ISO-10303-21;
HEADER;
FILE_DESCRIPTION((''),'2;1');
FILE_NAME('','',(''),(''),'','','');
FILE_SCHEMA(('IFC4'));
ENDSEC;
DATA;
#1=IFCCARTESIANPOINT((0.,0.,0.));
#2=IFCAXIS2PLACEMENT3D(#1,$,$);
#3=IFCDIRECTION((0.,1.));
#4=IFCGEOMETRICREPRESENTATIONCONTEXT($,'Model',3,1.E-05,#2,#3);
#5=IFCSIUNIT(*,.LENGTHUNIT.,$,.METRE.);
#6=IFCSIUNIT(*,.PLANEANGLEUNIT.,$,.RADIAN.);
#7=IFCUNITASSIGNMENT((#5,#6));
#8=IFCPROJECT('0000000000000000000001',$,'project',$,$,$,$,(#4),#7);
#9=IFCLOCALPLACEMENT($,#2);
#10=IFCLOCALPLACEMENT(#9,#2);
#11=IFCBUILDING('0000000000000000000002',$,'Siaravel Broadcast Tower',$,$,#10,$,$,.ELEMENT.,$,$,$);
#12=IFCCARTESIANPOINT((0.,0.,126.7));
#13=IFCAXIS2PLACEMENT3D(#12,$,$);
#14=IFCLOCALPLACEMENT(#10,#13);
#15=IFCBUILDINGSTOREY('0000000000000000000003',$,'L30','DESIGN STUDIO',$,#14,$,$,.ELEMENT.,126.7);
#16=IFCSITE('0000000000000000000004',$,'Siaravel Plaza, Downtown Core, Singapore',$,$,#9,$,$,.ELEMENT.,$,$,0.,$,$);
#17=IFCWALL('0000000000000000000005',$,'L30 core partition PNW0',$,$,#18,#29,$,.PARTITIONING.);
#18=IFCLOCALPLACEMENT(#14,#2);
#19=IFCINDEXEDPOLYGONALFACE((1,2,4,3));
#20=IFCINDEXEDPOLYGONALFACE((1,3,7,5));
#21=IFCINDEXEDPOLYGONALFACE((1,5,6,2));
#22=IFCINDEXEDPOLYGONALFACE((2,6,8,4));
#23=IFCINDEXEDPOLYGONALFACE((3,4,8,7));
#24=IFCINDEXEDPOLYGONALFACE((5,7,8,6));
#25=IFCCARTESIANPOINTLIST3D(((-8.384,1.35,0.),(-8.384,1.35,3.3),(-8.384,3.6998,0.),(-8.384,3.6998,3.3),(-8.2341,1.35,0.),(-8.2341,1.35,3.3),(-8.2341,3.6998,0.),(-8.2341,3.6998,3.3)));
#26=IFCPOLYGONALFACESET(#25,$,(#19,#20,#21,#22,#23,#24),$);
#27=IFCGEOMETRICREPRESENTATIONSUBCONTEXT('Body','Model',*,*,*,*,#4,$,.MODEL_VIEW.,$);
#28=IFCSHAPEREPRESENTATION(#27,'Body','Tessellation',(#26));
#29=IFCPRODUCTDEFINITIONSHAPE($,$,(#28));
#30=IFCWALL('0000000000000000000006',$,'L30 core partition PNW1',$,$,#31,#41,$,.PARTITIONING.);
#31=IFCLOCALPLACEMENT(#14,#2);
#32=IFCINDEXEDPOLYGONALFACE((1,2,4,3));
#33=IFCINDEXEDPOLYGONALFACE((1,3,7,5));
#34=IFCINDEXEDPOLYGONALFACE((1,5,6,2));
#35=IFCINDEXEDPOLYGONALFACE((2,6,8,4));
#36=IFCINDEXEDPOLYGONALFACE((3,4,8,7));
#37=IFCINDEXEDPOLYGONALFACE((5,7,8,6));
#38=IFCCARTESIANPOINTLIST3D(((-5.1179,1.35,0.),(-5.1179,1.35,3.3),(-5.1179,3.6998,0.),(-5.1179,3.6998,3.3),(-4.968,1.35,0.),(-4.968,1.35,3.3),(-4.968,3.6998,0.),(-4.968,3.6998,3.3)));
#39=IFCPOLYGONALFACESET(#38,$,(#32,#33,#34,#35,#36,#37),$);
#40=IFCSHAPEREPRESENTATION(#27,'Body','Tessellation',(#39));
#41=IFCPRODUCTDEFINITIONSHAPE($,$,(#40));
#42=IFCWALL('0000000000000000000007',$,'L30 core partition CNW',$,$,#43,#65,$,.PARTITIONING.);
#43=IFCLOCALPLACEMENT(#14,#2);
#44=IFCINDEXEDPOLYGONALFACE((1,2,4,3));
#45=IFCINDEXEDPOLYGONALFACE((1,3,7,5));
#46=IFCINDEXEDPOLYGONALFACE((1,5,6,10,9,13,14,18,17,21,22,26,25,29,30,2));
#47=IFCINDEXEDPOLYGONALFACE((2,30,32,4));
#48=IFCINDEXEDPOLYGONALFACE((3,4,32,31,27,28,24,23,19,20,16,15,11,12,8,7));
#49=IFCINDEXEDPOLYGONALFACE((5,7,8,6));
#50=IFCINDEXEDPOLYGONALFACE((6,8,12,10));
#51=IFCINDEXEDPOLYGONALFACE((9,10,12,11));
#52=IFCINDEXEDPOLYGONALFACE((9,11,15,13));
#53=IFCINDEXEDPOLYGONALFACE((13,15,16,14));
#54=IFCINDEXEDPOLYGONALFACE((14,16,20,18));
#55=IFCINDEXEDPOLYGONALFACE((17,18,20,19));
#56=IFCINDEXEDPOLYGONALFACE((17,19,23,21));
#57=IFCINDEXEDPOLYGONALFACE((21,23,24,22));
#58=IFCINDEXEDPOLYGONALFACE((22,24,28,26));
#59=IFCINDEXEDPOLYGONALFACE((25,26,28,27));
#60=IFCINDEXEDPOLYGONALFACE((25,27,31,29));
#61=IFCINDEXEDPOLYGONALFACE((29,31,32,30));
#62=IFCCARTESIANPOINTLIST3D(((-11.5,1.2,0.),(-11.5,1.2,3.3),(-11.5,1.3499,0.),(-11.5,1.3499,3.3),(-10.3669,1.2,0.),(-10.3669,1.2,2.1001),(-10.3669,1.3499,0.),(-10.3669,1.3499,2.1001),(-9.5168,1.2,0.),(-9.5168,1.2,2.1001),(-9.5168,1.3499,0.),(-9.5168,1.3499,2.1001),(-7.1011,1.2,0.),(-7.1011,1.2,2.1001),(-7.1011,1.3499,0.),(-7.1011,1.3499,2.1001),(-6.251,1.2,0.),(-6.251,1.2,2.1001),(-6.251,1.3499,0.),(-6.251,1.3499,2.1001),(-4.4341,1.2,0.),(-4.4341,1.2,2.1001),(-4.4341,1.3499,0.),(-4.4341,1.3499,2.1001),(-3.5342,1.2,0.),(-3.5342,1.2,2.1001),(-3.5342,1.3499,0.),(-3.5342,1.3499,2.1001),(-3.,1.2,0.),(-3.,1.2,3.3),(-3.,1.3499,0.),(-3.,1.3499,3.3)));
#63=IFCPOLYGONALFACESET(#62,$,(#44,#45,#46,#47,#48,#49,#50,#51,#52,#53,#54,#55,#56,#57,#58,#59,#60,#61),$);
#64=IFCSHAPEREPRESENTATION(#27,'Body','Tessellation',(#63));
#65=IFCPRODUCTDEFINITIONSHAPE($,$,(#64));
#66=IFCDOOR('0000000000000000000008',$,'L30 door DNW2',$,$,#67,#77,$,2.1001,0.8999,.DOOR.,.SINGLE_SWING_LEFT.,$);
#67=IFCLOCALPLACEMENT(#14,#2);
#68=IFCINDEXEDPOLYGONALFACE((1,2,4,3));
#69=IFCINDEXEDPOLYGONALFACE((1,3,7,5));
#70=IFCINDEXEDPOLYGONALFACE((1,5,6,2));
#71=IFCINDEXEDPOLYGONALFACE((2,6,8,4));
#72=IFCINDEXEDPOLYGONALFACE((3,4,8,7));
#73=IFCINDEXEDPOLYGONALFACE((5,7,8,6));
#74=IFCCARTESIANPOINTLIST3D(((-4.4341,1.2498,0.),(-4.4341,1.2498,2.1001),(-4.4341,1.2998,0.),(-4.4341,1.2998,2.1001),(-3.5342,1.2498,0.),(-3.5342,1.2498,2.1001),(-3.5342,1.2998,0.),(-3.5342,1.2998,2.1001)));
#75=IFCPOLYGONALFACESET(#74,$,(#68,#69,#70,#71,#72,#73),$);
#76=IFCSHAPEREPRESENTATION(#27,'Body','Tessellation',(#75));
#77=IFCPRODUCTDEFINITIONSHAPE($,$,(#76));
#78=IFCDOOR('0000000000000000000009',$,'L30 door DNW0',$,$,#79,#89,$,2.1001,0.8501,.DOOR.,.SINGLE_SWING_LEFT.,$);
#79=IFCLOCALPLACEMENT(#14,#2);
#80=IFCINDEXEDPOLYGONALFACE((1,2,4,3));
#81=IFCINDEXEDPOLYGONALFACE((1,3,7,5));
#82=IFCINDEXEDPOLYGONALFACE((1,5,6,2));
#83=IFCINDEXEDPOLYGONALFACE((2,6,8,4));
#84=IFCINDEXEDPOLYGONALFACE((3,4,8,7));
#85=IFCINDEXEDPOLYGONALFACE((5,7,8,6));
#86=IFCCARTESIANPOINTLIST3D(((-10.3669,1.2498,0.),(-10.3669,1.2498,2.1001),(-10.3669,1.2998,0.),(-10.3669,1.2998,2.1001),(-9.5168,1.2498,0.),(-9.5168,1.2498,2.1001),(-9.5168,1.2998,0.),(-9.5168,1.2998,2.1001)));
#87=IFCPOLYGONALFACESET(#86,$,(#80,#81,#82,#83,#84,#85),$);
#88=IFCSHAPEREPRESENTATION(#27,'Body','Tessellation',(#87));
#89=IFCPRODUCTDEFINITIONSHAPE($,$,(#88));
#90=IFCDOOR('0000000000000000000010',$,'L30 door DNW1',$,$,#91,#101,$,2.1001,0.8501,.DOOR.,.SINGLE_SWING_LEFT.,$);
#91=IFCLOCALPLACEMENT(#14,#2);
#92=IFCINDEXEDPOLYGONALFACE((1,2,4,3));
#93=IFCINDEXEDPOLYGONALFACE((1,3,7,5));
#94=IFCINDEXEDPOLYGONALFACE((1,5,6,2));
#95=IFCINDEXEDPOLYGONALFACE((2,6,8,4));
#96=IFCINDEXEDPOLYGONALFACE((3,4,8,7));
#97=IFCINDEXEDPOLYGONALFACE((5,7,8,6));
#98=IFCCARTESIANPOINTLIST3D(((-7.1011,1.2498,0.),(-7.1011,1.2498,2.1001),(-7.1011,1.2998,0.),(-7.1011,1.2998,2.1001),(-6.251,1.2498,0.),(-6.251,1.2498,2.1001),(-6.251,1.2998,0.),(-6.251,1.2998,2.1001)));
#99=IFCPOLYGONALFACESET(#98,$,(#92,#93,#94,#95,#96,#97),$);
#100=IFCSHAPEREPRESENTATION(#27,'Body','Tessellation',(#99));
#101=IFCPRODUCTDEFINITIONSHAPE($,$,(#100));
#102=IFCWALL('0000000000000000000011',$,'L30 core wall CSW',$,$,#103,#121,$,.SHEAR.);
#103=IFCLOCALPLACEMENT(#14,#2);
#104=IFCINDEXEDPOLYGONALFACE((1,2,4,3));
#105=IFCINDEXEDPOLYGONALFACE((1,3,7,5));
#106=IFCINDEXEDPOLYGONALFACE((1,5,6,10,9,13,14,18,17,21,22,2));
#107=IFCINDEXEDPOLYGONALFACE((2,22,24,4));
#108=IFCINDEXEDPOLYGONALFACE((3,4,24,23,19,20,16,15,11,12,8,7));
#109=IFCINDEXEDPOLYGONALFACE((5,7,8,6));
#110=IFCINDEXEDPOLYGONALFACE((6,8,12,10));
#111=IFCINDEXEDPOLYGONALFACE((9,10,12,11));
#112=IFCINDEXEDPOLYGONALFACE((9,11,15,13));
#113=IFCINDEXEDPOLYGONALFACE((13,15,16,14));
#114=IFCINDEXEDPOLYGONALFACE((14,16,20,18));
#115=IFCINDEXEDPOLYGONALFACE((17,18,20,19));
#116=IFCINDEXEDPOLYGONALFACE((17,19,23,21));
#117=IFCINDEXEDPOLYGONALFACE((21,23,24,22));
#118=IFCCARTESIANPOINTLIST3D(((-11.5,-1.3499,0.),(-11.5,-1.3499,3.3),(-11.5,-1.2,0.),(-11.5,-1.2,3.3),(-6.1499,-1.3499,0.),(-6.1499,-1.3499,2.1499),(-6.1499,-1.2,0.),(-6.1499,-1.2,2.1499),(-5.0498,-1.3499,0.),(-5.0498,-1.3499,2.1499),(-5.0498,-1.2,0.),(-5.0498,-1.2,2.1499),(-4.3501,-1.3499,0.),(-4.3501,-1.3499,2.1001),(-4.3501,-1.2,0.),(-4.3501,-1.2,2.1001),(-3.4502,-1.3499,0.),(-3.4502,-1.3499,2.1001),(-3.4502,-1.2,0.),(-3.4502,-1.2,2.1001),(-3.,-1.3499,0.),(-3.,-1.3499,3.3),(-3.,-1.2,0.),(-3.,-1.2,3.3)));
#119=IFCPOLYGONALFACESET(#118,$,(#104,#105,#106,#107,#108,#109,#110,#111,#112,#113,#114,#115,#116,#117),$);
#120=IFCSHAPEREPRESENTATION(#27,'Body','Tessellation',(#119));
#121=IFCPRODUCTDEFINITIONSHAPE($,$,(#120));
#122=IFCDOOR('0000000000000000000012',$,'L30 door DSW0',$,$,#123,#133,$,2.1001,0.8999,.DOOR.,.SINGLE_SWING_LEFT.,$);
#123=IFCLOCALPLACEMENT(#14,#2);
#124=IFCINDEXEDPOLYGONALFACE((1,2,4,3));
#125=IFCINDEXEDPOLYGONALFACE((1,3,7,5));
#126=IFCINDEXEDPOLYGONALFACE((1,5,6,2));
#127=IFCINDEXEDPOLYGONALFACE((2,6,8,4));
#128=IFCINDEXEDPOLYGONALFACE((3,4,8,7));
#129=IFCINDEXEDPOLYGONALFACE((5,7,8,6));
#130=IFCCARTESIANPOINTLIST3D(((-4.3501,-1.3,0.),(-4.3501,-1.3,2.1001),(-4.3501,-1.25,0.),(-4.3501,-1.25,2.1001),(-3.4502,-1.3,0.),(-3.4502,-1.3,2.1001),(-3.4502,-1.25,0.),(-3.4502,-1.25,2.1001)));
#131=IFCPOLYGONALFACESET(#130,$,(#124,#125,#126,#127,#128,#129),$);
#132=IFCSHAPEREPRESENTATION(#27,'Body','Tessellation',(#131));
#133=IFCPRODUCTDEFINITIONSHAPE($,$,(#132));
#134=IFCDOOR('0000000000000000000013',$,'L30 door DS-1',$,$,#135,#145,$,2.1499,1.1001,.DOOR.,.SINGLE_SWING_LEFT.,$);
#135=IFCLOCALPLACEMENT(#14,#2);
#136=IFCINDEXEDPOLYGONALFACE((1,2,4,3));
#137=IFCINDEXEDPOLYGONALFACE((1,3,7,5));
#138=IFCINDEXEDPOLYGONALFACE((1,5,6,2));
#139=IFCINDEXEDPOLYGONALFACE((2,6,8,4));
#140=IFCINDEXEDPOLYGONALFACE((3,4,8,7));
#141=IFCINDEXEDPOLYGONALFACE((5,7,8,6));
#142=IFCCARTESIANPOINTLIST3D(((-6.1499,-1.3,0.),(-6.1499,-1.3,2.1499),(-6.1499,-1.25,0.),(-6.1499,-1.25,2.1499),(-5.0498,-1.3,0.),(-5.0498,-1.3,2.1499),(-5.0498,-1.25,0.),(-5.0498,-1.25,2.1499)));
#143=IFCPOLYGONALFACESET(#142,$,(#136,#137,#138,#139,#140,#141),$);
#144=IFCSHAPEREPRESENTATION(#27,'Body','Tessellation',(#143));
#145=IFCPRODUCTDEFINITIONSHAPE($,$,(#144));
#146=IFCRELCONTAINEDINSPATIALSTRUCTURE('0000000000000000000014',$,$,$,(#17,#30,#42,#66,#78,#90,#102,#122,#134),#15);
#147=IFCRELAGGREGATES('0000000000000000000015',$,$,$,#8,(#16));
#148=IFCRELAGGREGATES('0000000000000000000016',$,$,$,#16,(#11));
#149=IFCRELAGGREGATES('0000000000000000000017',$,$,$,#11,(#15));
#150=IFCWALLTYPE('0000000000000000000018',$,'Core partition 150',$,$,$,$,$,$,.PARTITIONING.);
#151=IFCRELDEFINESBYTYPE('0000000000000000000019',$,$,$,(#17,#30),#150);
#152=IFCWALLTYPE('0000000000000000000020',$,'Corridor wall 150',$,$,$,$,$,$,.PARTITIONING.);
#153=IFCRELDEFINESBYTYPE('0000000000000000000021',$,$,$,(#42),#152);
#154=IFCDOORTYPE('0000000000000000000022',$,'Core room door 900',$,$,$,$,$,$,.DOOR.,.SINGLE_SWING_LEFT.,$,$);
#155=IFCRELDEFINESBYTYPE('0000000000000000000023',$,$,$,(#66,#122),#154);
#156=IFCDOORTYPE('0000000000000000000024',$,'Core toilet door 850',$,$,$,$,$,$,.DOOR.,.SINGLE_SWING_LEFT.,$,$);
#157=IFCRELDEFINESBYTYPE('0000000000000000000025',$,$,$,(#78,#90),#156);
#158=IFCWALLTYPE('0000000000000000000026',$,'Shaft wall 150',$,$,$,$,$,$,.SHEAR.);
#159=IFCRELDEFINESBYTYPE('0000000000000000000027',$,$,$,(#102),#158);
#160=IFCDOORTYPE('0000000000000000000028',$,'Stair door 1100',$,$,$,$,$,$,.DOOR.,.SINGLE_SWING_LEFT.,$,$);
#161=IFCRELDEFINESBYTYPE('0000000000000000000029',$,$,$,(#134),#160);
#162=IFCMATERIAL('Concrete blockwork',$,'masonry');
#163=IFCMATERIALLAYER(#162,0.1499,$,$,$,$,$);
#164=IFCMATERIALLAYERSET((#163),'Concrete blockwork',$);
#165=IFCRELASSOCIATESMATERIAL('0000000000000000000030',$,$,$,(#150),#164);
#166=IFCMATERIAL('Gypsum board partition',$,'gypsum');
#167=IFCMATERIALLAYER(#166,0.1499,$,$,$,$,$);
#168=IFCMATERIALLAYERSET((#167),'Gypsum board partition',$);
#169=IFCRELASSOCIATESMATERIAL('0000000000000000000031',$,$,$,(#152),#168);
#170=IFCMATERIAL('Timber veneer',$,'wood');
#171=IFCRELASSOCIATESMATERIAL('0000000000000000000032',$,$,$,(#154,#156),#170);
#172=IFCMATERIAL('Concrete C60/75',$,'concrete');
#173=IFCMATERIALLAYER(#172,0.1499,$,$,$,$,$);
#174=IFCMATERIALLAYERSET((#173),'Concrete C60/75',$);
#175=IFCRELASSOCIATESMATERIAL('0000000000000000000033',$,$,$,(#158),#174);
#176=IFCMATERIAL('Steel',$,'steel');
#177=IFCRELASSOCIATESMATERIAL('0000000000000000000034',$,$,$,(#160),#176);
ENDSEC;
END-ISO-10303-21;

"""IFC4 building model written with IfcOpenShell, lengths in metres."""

from ifc_helpers import new_model, si_unit, direction, frame, frame_2d, origin, place, context, subcontext, project, spatial, rectangle, extrude, material, layer, layer_set, type_object, element, fill, save


model = new_model("IFC4")

# Units and contexts
model_context = context("Model", 3, precision=1e-05, world=origin(), true_north=direction((0.0, 1.0)))
body_context = subcontext(model_context, "Body", "Model", "MODEL_VIEW")
ifc_project = project(units=[si_unit("LENGTHUNIT", "METRE"), si_unit("PLANEANGLEUNIT", "RADIAN")], contexts=[model_context])

# Site, building, storey
site_placement = place(None, origin())
site = spatial("IfcSite", under=ifc_project, at=site_placement, Name="Siaravel Plaza, Downtown Core, Singapore", CompositionType="ELEMENT", RefElevation=0.0)
building_placement = place(site_placement, origin())
building = spatial("IfcBuilding", under=site, at=building_placement, Name="Siaravel Broadcast Tower", CompositionType="ELEMENT")
storey_placement = place(building_placement, frame((0.0, 0.0, 126.7)))
storey = spatial("IfcBuildingStorey", under=building, at=storey_placement, Name="L30", Description="DESIGN STUDIO", CompositionType="ELEMENT", Elevation=126.7)

# Walls
ifc_material_1 = material(Name="Concrete blockwork", Category="masonry")
ifc_layer_1 = layer(ifc_material_1, 0.1499)
ifc_layer_set_1 = layer_set([ifc_layer_1], Name="Concrete blockwork")
wall_type_1 = type_object("IfcWallType", Name="Core partition 150", PredefinedType="PARTITIONING", material=ifc_layer_set_1)
for number, where, z_axis, x_axis, name in (
    (1, (-8.3091, 1.3501, 0.0), (0.0, 0.0, 1.0), (0.0, 1.0, 0.0), "L30 core partition PNW0"),
    (2, (-5.043, 1.3501, 0.0), (0.0, 0.0, 1.0), (0.0, 1.0, 0.0), "L30 core partition PNW1"),
):
    element("IfcWall", number, at=place(storey_placement, frame(where, z_axis=z_axis, x_axis=x_axis)), inside=storey, type_object=wall_type_1, Name=name, PredefinedType="PARTITIONING", context=body_context, shape_type="SweptSolid", body=[
        extrude(rectangle(XDim=2.3499, YDim=0.1499, at=frame_2d((1.1748, 0.0))), origin(), (0.0, 0.0, 1.0), 3.3),
    ])

# Wall, openings, doors
ifc_material_2 = material(Name="Gypsum board partition", Category="gypsum")
ifc_layer_2 = layer(ifc_material_2, 0.1499)
ifc_layer_set_2 = layer_set([ifc_layer_2], Name="Gypsum board partition")
wall_type_2 = type_object("IfcWallType", Name="Corridor wall 150", PredefinedType="PARTITIONING", material=ifc_layer_set_2)
wall_1_placement = place(storey_placement, frame((-11.5, 1.2749, 0.0), z_axis=(0.0, 0.0, 1.0), x_axis=(1.0, 0.0, 0.0)))
wall_1 = element("IfcWall", 3, at=wall_1_placement, inside=storey, type_object=wall_type_2, Name="L30 core partition CNW", PredefinedType="PARTITIONING", context=body_context, shape_type="SweptSolid", body=[
    extrude(rectangle(XDim=8.5, YDim=0.1499, at=frame_2d((4.25, 0.0))), origin(), (0.0, 0.0, 1.0), 3.3),
])
opening_1_placement = place(wall_1_placement, frame((1.1331, 0.0, 0.0)))
opening_1 = element("IfcOpeningElement", 4, at=opening_1_placement, cuts=wall_1, PredefinedType="OPENING", context=body_context, shape_type="SweptSolid", body=[
    extrude(rectangle(XDim=0.8501, YDim=2.1001, at=frame_2d((0.425, 1.05))), frame((0.0, 0.085, 0.0), z_axis=(0.0, -1.0, 0.0), x_axis=(1.0, 0.0, 0.0)), (0.0, 0.0, 1.0), 0.1699),
])
opening_2_placement = place(wall_1_placement, frame((4.3989, 0.0, 0.0)))
opening_2 = element("IfcOpeningElement", 5, at=opening_2_placement, cuts=wall_1, PredefinedType="OPENING", context=body_context, shape_type="SweptSolid", body=[
    extrude(rectangle(XDim=0.8501, YDim=2.1001, at=frame_2d((0.425, 1.05))), frame((0.0, 0.085, 0.0), z_axis=(0.0, -1.0, 0.0), x_axis=(1.0, 0.0, 0.0)), (0.0, 0.0, 1.0), 0.1699),
])
opening_3_placement = place(wall_1_placement, frame((7.0659, 0.0, 0.0)))
opening_3 = element("IfcOpeningElement", 6, at=opening_3_placement, cuts=wall_1, PredefinedType="OPENING", context=body_context, shape_type="SweptSolid", body=[
    extrude(rectangle(XDim=0.8999, YDim=2.1001, at=frame_2d((0.45, 1.05))), frame((0.0, 0.085, 0.0), z_axis=(0.0, -1.0, 0.0), x_axis=(1.0, 0.0, 0.0)), (0.0, 0.0, 1.0), 0.1699),
])
ifc_material_3 = material(Name="Timber veneer", Category="wood")
door_type_1 = type_object("IfcDoorType", Name="Core room door 900", OperationType="SINGLE_SWING_LEFT", PredefinedType="DOOR", material=ifc_material_3)
door_1_placement = place(opening_3_placement, origin())
door_1 = element("IfcDoor", 7, at=door_1_placement, inside=storey, type_object=door_type_1, Name="L30 door DNW2", OperationType="SINGLE_SWING_LEFT", OverallHeight=2.1001, OverallWidth=0.8999, PredefinedType="DOOR", context=body_context, shape_type="SweptSolid", body=[
    extrude(rectangle(XDim=0.8999, YDim=2.1001, at=frame_2d((0.45, 1.05))), frame((0.0, 0.0249, 0.0), z_axis=(0.0, -1.0, 0.0), x_axis=(1.0, 0.0, 0.0)), (0.0, 0.0, 1.0), 0.05),
])
fill(opening_3, door_1)
door_type_2 = type_object("IfcDoorType", Name="Core toilet door 850", OperationType="SINGLE_SWING_LEFT", PredefinedType="DOOR", material=ifc_material_3)
door_2_placement = place(opening_1_placement, origin())
door_2 = element("IfcDoor", 8, at=door_2_placement, inside=storey, type_object=door_type_2, Name="L30 door DNW0", OperationType="SINGLE_SWING_LEFT", OverallHeight=2.1001, OverallWidth=0.8501, PredefinedType="DOOR", context=body_context, shape_type="SweptSolid", body=[
    extrude(rectangle(XDim=0.8501, YDim=2.1001, at=frame_2d((0.425, 1.05))), frame((0.0, 0.0249, 0.0), z_axis=(0.0, -1.0, 0.0), x_axis=(1.0, 0.0, 0.0)), (0.0, 0.0, 1.0), 0.05),
])
fill(opening_1, door_2)
door_3_placement = place(opening_2_placement, origin())
door_3 = element("IfcDoor", 9, at=door_3_placement, inside=storey, type_object=door_type_2, Name="L30 door DNW1", OperationType="SINGLE_SWING_LEFT", OverallHeight=2.1001, OverallWidth=0.8501, PredefinedType="DOOR", context=body_context, shape_type="SweptSolid", body=[
    extrude(rectangle(XDim=0.8501, YDim=2.1001, at=frame_2d((0.425, 1.05))), frame((0.0, 0.0249, 0.0), z_axis=(0.0, -1.0, 0.0), x_axis=(1.0, 0.0, 0.0)), (0.0, 0.0, 1.0), 0.05),
])
fill(opening_2, door_3)

# Wall, openings, doors
ifc_material_4 = material(Name="Concrete C60/75", Category="concrete")
ifc_layer_3 = layer(ifc_material_4, 0.1499)
ifc_layer_set_3 = layer_set([ifc_layer_3], Name="Concrete C60/75")
wall_type_3 = type_object("IfcWallType", Name="Shaft wall 150", PredefinedType="SHEAR", material=ifc_layer_set_3)
wall_2_placement = place(storey_placement, frame((-11.5, -1.2749, 0.0), z_axis=(0.0, 0.0, 1.0), x_axis=(1.0, 0.0, 0.0)))
wall_2 = element("IfcWall", 10, at=wall_2_placement, inside=storey, type_object=wall_type_3, Name="L30 core wall CSW", PredefinedType="SHEAR", context=body_context, shape_type="SweptSolid", body=[
    extrude(rectangle(XDim=8.5, YDim=0.1499, at=frame_2d((4.25, 0.0))), origin(), (0.0, 0.0, 1.0), 3.3),
])
opening_4_placement = place(wall_2_placement, frame((5.3501, 0.0, 0.0)))
opening_4 = element("IfcOpeningElement", 11, at=opening_4_placement, cuts=wall_2, PredefinedType="OPENING", context=body_context, shape_type="SweptSolid", body=[
    extrude(rectangle(XDim=1.1001, YDim=2.1499, at=frame_2d((0.55, 1.075))), frame((0.0, 0.085, 0.0), z_axis=(0.0, -1.0, 0.0), x_axis=(1.0, 0.0, 0.0)), (0.0, 0.0, 1.0), 0.1699),
])
opening_5_placement = place(wall_2_placement, frame((7.1499, 0.0, 0.0)))
opening_5 = element("IfcOpeningElement", 12, at=opening_5_placement, cuts=wall_2, PredefinedType="OPENING", context=body_context, shape_type="SweptSolid", body=[
    extrude(rectangle(XDim=0.8999, YDim=2.1001, at=frame_2d((0.45, 1.05))), frame((0.0, 0.085, 0.0), z_axis=(0.0, -1.0, 0.0), x_axis=(1.0, 0.0, 0.0)), (0.0, 0.0, 1.0), 0.1699),
])
door_4_placement = place(opening_5_placement, origin())
door_4 = element("IfcDoor", 13, at=door_4_placement, inside=storey, type_object=door_type_1, Name="L30 door DSW0", OperationType="SINGLE_SWING_LEFT", OverallHeight=2.1001, OverallWidth=0.8999, PredefinedType="DOOR", context=body_context, shape_type="SweptSolid", body=[
    extrude(rectangle(XDim=0.8999, YDim=2.1001, at=frame_2d((0.45, 1.05))), frame((0.0, 0.0249, 0.0), z_axis=(0.0, -1.0, 0.0), x_axis=(1.0, 0.0, 0.0)), (0.0, 0.0, 1.0), 0.05),
])
fill(opening_5, door_4)
ifc_material_5 = material(Name="Steel", Category="steel")
door_type_3 = type_object("IfcDoorType", Name="Stair door 1100", OperationType="SINGLE_SWING_LEFT", PredefinedType="DOOR", material=ifc_material_5)
door_5_placement = place(opening_4_placement, origin())
door_5 = element("IfcDoor", 14, at=door_5_placement, inside=storey, type_object=door_type_3, Name="L30 door DS-1", OperationType="SINGLE_SWING_LEFT", OverallHeight=2.1499, OverallWidth=1.1001, PredefinedType="DOOR", context=body_context, shape_type="SweptSolid", body=[
    extrude(rectangle(XDim=1.1001, YDim=2.1499, at=frame_2d((0.55, 1.075))), frame((0.0, 0.0249, 0.0), z_axis=(0.0, -1.0, 0.0), x_axis=(1.0, 0.0, 0.0)), (0.0, 0.0, 1.0), 0.05),
])
fill(opening_4, door_5)

save(model, "model.ifc")
